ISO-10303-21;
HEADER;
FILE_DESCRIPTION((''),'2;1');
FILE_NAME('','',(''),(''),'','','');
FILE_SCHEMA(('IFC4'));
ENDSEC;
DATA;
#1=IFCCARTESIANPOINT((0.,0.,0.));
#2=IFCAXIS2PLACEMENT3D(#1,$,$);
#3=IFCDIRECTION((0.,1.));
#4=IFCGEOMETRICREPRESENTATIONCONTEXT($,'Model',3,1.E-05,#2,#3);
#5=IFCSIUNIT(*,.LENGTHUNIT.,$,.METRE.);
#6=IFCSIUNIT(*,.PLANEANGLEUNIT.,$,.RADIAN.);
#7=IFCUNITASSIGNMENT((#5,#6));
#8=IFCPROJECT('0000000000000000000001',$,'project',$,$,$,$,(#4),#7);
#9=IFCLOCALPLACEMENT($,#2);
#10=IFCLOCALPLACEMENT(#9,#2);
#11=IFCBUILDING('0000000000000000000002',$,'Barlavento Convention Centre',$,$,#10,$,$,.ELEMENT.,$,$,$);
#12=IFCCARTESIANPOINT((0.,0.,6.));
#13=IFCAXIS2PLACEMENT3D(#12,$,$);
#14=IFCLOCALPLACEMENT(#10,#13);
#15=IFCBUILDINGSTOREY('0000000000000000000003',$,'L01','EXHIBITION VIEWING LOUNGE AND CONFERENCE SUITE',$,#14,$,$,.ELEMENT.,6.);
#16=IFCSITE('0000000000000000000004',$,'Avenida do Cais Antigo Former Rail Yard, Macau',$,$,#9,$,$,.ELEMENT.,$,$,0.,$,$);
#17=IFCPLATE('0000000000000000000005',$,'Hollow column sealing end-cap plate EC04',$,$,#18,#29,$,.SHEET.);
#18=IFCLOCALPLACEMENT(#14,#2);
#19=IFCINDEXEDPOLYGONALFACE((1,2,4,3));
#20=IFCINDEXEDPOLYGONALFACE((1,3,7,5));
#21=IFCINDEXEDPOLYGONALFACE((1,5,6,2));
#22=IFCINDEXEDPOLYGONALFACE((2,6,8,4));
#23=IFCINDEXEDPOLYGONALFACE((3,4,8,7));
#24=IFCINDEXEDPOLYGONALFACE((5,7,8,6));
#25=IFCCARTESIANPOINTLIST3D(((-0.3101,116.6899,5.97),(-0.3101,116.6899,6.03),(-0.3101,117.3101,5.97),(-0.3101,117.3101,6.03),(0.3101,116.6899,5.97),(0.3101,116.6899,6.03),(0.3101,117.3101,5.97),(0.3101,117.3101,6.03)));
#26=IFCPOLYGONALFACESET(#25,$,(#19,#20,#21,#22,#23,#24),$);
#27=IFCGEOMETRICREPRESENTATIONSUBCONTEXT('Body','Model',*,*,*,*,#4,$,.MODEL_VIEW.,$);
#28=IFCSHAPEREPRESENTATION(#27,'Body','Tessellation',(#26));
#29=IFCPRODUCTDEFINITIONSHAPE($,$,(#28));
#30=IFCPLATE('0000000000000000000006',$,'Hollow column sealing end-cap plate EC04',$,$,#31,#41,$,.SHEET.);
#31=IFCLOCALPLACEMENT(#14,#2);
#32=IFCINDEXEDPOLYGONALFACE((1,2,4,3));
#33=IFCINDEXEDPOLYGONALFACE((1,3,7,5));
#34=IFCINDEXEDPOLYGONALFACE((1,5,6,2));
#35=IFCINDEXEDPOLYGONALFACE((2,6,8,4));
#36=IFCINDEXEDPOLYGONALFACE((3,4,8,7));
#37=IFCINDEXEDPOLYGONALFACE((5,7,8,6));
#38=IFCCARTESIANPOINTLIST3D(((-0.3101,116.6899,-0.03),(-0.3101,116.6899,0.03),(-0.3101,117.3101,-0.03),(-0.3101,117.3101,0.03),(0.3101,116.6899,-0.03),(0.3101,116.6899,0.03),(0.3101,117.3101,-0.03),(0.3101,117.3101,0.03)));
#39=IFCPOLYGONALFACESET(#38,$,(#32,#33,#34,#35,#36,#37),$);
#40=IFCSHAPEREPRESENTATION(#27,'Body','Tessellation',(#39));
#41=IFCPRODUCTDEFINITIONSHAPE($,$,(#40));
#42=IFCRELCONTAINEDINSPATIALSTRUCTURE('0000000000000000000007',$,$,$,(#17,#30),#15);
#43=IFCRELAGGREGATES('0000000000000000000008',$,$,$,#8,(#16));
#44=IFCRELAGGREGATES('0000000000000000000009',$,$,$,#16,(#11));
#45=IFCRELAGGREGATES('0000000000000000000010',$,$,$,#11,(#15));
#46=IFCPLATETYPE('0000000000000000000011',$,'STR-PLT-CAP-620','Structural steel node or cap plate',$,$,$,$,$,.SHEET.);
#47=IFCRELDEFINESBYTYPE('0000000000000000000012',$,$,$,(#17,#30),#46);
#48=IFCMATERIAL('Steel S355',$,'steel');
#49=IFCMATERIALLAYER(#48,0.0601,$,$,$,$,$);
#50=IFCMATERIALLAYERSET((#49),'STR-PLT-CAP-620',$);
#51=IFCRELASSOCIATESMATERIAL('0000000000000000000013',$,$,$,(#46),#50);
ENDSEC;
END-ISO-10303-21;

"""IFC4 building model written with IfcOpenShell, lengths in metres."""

from ifc_helpers import new_model, si_unit, direction, frame, origin, origin_2d, place, context, subcontext, project, spatial, rectangle, extrude, material, layer, layer_set, type_object, element, save


model = new_model("IFC4")

# Units and contexts
model_context = context("Model", 3, precision=1e-05, world=origin(), true_north=direction((0.0, 1.0)))
body_context = subcontext(model_context, "Body", "Model", "MODEL_VIEW")
ifc_project = project(units=[si_unit("LENGTHUNIT", "METRE"), si_unit("PLANEANGLEUNIT", "RADIAN")], contexts=[model_context])

# Site, building, storey
site_placement = place(None, origin())
site = spatial("IfcSite", under=ifc_project, at=site_placement, Name="Avenida do Cais Antigo Former Rail Yard, Macau", CompositionType="ELEMENT", RefElevation=0.0)
building_placement = place(site_placement, origin())
building = spatial("IfcBuilding", under=site, at=building_placement, Name="Barlavento Convention Centre", CompositionType="ELEMENT")
storey_placement = place(building_placement, frame((0.0, 0.0, 6.0)))
storey = spatial("IfcBuildingStorey", under=building, at=storey_placement, Name="L01", Description="EXHIBITION VIEWING LOUNGE AND CONFERENCE SUITE", CompositionType="ELEMENT", Elevation=6.0)

# Shared definitions
ifc_material_1 = material(Name="Steel S355", Category="steel")

# Plates
ifc_layer_1 = layer(ifc_material_1, 0.0601)
ifc_layer_set_1 = layer_set([ifc_layer_1], Name="STR-PLT-CAP-620")
plate_type_1 = type_object("IfcPlateType", Name="STR-PLT-CAP-620", Description="Structural steel node or cap plate", PredefinedType="SHEET", material=ifc_layer_set_1)
for number, where, z_axis, x_axis, name in (
    (1, (0.0, 117.0, 5.97), (0.0, 0.0, 1.0), (1.0, 0.0, 0.0), "Hollow column sealing end-cap plate EC04"),
    (2, (0.0, 117.0, -0.03), (0.0, 0.0, 1.0), (1.0, 0.0, 0.0), "Hollow column sealing end-cap plate EC04"),
):
    element("IfcPlate", number, at=place(storey_placement, frame(where, z_axis=z_axis, x_axis=x_axis)), inside=storey, type_object=plate_type_1, Name=name, PredefinedType="SHEET", context=body_context, shape_type="SweptSolid", body=[
        extrude(rectangle(XDim=0.6201, YDim=0.6201, at=origin_2d()), origin(), (0.0, 0.0, 1.0), 0.0601),
    ])

save(model, "model.ifc")
